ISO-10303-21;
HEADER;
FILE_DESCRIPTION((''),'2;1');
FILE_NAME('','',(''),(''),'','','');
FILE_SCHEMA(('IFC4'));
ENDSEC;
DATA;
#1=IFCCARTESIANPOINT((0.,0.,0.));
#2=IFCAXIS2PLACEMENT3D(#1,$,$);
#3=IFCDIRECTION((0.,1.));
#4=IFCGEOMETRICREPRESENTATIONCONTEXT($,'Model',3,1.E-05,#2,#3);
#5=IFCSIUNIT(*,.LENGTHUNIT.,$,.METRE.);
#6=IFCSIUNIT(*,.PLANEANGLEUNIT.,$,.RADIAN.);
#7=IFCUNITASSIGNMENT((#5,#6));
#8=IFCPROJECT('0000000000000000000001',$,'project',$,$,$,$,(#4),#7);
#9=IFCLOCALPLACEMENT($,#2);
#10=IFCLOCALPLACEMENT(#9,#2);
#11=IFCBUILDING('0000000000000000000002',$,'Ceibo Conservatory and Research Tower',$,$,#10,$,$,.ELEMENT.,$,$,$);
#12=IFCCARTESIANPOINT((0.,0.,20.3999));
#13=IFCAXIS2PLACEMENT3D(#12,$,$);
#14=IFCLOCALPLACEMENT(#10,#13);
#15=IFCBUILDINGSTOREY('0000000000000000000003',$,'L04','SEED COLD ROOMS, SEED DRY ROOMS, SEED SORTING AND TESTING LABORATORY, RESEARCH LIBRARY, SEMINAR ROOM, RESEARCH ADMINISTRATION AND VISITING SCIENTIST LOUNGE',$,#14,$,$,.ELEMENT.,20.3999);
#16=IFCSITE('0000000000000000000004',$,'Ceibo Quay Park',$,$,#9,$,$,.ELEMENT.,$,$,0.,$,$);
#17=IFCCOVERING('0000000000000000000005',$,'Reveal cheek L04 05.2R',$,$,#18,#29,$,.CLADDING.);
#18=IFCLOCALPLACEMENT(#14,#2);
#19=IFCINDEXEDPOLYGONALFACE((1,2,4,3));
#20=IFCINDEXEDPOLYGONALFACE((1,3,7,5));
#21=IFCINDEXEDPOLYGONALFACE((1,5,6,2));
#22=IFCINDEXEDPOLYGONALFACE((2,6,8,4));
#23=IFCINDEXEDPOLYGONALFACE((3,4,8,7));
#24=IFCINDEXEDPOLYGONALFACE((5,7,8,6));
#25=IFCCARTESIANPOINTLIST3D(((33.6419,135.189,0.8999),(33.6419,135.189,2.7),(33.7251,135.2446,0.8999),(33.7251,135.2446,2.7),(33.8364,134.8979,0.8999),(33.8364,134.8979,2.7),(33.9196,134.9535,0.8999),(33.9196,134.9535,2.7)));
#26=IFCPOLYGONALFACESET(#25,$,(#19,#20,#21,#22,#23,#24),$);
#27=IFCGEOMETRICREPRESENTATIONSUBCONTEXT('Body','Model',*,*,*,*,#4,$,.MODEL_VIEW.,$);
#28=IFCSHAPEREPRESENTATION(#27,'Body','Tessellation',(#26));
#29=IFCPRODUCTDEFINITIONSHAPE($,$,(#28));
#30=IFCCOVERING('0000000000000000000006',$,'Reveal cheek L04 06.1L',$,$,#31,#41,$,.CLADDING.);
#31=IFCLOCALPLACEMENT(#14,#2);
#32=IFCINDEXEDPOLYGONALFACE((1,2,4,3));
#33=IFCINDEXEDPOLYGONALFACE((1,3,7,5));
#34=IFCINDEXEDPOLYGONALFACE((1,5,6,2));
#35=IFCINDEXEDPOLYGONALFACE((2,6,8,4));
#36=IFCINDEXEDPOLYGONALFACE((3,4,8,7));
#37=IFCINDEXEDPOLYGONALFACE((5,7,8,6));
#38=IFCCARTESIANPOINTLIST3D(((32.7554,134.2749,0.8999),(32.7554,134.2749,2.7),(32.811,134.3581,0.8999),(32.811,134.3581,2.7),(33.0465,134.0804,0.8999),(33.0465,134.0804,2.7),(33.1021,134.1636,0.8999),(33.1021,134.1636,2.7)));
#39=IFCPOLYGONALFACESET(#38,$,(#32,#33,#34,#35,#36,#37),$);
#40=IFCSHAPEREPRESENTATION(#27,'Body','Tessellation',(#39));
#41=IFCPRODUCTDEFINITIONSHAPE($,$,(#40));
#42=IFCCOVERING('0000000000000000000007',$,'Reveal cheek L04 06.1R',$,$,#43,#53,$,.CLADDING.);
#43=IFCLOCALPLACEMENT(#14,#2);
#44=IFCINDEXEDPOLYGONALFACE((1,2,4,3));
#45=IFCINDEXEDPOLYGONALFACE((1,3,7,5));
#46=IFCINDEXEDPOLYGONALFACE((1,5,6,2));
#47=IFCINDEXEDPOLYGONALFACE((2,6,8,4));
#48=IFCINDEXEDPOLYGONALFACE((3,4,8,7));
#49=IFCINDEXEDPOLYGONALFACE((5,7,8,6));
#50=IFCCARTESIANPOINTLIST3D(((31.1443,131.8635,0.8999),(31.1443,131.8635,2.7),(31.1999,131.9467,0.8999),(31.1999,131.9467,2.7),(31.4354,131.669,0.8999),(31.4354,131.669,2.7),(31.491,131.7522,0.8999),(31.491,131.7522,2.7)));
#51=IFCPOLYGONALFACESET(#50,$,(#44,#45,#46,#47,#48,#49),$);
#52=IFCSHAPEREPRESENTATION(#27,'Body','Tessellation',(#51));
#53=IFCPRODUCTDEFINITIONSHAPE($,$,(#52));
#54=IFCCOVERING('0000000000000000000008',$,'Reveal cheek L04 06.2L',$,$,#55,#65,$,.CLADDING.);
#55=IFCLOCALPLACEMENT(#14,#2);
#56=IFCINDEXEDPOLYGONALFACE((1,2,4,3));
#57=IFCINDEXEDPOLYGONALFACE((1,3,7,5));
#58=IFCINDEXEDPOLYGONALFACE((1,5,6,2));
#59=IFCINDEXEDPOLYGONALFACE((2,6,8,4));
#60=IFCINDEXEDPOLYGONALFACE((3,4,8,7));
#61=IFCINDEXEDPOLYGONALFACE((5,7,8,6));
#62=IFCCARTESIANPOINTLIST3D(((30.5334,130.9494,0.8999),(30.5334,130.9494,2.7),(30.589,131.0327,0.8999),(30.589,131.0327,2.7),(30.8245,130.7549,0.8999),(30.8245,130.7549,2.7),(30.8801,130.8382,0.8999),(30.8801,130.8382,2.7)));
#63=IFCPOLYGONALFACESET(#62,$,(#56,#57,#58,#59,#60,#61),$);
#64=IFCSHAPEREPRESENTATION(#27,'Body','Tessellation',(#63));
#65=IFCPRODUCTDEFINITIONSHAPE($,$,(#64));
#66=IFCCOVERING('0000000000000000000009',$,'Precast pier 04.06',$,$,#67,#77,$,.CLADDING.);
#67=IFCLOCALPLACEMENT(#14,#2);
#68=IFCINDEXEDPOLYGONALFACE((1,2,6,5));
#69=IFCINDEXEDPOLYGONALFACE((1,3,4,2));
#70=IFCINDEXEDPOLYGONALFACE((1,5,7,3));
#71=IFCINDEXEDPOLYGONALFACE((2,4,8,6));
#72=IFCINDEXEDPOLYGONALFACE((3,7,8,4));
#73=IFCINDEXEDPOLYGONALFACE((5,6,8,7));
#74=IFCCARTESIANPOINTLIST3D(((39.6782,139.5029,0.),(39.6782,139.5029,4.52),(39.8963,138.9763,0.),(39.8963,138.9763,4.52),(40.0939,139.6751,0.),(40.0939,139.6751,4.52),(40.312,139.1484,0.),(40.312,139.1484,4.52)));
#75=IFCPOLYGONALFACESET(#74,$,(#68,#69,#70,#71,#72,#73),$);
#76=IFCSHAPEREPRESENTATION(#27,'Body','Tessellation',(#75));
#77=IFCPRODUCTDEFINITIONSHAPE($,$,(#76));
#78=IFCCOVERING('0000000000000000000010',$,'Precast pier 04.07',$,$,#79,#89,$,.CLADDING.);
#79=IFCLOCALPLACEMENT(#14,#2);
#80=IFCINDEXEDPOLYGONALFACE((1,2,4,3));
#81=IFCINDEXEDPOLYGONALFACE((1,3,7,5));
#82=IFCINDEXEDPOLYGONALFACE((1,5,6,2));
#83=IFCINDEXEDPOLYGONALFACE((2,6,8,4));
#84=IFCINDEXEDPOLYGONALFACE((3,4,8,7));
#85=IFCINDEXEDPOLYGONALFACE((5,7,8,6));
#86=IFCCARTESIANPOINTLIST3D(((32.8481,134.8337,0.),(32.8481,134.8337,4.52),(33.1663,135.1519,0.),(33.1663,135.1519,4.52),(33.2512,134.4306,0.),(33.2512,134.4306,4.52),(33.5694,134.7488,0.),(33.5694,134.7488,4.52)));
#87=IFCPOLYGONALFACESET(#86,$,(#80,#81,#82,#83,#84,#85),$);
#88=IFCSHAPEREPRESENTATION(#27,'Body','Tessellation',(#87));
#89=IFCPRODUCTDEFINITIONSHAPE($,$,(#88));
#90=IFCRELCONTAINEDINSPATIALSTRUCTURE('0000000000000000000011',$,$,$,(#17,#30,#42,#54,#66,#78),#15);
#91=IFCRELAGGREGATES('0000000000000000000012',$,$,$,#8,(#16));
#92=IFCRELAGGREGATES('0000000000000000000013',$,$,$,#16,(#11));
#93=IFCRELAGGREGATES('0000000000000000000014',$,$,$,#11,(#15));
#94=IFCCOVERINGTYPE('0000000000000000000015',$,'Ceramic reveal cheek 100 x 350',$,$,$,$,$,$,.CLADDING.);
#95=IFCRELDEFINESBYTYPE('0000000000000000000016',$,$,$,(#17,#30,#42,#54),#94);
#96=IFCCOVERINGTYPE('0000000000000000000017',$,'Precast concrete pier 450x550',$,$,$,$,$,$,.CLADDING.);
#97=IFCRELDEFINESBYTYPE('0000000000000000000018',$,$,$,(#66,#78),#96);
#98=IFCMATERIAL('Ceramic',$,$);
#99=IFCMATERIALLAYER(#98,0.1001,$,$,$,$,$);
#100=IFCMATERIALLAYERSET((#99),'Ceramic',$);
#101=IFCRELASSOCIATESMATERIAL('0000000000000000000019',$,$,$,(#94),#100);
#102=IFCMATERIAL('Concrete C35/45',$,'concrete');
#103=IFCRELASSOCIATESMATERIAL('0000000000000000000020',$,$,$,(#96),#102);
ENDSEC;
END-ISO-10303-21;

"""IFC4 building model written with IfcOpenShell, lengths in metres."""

from ifc_helpers import new_model, si_unit, direction, frame, origin, origin_2d, place, context, subcontext, project, spatial, rectangle, extrude, material, layer, layer_set, type_object, element, save


model = new_model("IFC4")

# Units and contexts
model_context = context("Model", 3, precision=1e-05, world=origin(), true_north=direction((0.0, 1.0)))
body_context = subcontext(model_context, "Body", "Model", "MODEL_VIEW")
ifc_project = project(units=[si_unit("LENGTHUNIT", "METRE"), si_unit("PLANEANGLEUNIT", "RADIAN")], contexts=[model_context])

# Site, building, storey
site_placement = place(None, origin())
site = spatial("IfcSite", under=ifc_project, at=site_placement, Name="Ceibo Quay Park", CompositionType="ELEMENT", RefElevation=0.0)
building_placement = place(site_placement, origin())
building = spatial("IfcBuilding", under=site, at=building_placement, Name="Ceibo Conservatory and Research Tower", CompositionType="ELEMENT")
storey_placement = place(building_placement, frame((0.0, 0.0, 20.3999)))
storey = spatial("IfcBuildingStorey", under=building, at=storey_placement, Name="L04", Description="SEED COLD ROOMS, SEED DRY ROOMS, SEED SORTING AND TESTING LABORATORY, RESEARCH LIBRARY, SEMINAR ROOM, RESEARCH ADMINISTRATION AND VISITING SCIENTIST LOUNGE", CompositionType="ELEMENT", Elevation=20.3999)

# Shared definitions
ifc_material_1 = material(Name="Concrete C35/45", Category="concrete")

# Coverings
ifc_material_2 = material(Name="Ceramic")
ifc_layer_1 = layer(ifc_material_2, 0.1001)
ifc_layer_set_1 = layer_set([ifc_layer_1], Name="Ceramic")
covering_type_1 = type_object("IfcCoveringType", Name="Ceramic reveal cheek 100 x 350", PredefinedType="CLADDING", material=ifc_layer_set_1)
for number, where, z_axis, x_axis, name in (
    (1, (33.7808, 135.0713, 0.8999), (0.0, 0.0, 1.0), (-0.83147, -0.55557, 0.0), "Reveal cheek L04 05.2R"),
    (2, (32.9287, 134.2192, 0.8999), (0.0, 0.0, 1.0), (-0.55557, -0.83147, 0.0), "Reveal cheek L04 06.1L"),
    (3, (31.3176, 131.8079, 0.8999), (0.0, 0.0, 1.0), (-0.55557, -0.83147, 0.0), "Reveal cheek L04 06.1R"),
    (4, (30.7068, 130.8938, 0.8999), (0.0, 0.0, 1.0), (-0.55557, -0.83147, 0.0), "Reveal cheek L04 06.2L"),
):
    element("IfcCovering", number, at=place(storey_placement, frame(where, z_axis=z_axis, x_axis=x_axis)), inside=storey, type_object=covering_type_1, Name=name, PredefinedType="CLADDING", context=body_context, shape_type="SweptSolid", body=[
        extrude(rectangle(XDim=0.1001, YDim=0.3501, at=origin_2d()), origin(), (0.0, 0.0, 1.0), 1.8),
    ])
covering_type_2 = type_object("IfcCoveringType", Name="Precast concrete pier 450x550", PredefinedType="CLADDING", material=ifc_material_1)
for number, where, z_axis, x_axis, name in (
    (5, (39.9951, 139.3257, 0.0), (0.0, 0.0, 1.0), (-0.382683, 0.92388, 0.0), "Precast pier 04.06"),
    (6, (33.2087, 134.7913, 0.0), (0.0, 0.0, 1.0), (-0.707107, 0.707107, 0.0), "Precast pier 04.07"),
):
    element("IfcCovering", number, at=place(storey_placement, frame(where, z_axis=z_axis, x_axis=x_axis)), inside=storey, type_object=covering_type_2, Name=name, PredefinedType="CLADDING", context=body_context, shape_type="SweptSolid", body=[
        extrude(rectangle(XDim=0.5701, YDim=0.45, at=origin_2d()), origin(), (0.0, 0.0, 1.0), 4.52),
    ])

save(model, "model.ifc")
